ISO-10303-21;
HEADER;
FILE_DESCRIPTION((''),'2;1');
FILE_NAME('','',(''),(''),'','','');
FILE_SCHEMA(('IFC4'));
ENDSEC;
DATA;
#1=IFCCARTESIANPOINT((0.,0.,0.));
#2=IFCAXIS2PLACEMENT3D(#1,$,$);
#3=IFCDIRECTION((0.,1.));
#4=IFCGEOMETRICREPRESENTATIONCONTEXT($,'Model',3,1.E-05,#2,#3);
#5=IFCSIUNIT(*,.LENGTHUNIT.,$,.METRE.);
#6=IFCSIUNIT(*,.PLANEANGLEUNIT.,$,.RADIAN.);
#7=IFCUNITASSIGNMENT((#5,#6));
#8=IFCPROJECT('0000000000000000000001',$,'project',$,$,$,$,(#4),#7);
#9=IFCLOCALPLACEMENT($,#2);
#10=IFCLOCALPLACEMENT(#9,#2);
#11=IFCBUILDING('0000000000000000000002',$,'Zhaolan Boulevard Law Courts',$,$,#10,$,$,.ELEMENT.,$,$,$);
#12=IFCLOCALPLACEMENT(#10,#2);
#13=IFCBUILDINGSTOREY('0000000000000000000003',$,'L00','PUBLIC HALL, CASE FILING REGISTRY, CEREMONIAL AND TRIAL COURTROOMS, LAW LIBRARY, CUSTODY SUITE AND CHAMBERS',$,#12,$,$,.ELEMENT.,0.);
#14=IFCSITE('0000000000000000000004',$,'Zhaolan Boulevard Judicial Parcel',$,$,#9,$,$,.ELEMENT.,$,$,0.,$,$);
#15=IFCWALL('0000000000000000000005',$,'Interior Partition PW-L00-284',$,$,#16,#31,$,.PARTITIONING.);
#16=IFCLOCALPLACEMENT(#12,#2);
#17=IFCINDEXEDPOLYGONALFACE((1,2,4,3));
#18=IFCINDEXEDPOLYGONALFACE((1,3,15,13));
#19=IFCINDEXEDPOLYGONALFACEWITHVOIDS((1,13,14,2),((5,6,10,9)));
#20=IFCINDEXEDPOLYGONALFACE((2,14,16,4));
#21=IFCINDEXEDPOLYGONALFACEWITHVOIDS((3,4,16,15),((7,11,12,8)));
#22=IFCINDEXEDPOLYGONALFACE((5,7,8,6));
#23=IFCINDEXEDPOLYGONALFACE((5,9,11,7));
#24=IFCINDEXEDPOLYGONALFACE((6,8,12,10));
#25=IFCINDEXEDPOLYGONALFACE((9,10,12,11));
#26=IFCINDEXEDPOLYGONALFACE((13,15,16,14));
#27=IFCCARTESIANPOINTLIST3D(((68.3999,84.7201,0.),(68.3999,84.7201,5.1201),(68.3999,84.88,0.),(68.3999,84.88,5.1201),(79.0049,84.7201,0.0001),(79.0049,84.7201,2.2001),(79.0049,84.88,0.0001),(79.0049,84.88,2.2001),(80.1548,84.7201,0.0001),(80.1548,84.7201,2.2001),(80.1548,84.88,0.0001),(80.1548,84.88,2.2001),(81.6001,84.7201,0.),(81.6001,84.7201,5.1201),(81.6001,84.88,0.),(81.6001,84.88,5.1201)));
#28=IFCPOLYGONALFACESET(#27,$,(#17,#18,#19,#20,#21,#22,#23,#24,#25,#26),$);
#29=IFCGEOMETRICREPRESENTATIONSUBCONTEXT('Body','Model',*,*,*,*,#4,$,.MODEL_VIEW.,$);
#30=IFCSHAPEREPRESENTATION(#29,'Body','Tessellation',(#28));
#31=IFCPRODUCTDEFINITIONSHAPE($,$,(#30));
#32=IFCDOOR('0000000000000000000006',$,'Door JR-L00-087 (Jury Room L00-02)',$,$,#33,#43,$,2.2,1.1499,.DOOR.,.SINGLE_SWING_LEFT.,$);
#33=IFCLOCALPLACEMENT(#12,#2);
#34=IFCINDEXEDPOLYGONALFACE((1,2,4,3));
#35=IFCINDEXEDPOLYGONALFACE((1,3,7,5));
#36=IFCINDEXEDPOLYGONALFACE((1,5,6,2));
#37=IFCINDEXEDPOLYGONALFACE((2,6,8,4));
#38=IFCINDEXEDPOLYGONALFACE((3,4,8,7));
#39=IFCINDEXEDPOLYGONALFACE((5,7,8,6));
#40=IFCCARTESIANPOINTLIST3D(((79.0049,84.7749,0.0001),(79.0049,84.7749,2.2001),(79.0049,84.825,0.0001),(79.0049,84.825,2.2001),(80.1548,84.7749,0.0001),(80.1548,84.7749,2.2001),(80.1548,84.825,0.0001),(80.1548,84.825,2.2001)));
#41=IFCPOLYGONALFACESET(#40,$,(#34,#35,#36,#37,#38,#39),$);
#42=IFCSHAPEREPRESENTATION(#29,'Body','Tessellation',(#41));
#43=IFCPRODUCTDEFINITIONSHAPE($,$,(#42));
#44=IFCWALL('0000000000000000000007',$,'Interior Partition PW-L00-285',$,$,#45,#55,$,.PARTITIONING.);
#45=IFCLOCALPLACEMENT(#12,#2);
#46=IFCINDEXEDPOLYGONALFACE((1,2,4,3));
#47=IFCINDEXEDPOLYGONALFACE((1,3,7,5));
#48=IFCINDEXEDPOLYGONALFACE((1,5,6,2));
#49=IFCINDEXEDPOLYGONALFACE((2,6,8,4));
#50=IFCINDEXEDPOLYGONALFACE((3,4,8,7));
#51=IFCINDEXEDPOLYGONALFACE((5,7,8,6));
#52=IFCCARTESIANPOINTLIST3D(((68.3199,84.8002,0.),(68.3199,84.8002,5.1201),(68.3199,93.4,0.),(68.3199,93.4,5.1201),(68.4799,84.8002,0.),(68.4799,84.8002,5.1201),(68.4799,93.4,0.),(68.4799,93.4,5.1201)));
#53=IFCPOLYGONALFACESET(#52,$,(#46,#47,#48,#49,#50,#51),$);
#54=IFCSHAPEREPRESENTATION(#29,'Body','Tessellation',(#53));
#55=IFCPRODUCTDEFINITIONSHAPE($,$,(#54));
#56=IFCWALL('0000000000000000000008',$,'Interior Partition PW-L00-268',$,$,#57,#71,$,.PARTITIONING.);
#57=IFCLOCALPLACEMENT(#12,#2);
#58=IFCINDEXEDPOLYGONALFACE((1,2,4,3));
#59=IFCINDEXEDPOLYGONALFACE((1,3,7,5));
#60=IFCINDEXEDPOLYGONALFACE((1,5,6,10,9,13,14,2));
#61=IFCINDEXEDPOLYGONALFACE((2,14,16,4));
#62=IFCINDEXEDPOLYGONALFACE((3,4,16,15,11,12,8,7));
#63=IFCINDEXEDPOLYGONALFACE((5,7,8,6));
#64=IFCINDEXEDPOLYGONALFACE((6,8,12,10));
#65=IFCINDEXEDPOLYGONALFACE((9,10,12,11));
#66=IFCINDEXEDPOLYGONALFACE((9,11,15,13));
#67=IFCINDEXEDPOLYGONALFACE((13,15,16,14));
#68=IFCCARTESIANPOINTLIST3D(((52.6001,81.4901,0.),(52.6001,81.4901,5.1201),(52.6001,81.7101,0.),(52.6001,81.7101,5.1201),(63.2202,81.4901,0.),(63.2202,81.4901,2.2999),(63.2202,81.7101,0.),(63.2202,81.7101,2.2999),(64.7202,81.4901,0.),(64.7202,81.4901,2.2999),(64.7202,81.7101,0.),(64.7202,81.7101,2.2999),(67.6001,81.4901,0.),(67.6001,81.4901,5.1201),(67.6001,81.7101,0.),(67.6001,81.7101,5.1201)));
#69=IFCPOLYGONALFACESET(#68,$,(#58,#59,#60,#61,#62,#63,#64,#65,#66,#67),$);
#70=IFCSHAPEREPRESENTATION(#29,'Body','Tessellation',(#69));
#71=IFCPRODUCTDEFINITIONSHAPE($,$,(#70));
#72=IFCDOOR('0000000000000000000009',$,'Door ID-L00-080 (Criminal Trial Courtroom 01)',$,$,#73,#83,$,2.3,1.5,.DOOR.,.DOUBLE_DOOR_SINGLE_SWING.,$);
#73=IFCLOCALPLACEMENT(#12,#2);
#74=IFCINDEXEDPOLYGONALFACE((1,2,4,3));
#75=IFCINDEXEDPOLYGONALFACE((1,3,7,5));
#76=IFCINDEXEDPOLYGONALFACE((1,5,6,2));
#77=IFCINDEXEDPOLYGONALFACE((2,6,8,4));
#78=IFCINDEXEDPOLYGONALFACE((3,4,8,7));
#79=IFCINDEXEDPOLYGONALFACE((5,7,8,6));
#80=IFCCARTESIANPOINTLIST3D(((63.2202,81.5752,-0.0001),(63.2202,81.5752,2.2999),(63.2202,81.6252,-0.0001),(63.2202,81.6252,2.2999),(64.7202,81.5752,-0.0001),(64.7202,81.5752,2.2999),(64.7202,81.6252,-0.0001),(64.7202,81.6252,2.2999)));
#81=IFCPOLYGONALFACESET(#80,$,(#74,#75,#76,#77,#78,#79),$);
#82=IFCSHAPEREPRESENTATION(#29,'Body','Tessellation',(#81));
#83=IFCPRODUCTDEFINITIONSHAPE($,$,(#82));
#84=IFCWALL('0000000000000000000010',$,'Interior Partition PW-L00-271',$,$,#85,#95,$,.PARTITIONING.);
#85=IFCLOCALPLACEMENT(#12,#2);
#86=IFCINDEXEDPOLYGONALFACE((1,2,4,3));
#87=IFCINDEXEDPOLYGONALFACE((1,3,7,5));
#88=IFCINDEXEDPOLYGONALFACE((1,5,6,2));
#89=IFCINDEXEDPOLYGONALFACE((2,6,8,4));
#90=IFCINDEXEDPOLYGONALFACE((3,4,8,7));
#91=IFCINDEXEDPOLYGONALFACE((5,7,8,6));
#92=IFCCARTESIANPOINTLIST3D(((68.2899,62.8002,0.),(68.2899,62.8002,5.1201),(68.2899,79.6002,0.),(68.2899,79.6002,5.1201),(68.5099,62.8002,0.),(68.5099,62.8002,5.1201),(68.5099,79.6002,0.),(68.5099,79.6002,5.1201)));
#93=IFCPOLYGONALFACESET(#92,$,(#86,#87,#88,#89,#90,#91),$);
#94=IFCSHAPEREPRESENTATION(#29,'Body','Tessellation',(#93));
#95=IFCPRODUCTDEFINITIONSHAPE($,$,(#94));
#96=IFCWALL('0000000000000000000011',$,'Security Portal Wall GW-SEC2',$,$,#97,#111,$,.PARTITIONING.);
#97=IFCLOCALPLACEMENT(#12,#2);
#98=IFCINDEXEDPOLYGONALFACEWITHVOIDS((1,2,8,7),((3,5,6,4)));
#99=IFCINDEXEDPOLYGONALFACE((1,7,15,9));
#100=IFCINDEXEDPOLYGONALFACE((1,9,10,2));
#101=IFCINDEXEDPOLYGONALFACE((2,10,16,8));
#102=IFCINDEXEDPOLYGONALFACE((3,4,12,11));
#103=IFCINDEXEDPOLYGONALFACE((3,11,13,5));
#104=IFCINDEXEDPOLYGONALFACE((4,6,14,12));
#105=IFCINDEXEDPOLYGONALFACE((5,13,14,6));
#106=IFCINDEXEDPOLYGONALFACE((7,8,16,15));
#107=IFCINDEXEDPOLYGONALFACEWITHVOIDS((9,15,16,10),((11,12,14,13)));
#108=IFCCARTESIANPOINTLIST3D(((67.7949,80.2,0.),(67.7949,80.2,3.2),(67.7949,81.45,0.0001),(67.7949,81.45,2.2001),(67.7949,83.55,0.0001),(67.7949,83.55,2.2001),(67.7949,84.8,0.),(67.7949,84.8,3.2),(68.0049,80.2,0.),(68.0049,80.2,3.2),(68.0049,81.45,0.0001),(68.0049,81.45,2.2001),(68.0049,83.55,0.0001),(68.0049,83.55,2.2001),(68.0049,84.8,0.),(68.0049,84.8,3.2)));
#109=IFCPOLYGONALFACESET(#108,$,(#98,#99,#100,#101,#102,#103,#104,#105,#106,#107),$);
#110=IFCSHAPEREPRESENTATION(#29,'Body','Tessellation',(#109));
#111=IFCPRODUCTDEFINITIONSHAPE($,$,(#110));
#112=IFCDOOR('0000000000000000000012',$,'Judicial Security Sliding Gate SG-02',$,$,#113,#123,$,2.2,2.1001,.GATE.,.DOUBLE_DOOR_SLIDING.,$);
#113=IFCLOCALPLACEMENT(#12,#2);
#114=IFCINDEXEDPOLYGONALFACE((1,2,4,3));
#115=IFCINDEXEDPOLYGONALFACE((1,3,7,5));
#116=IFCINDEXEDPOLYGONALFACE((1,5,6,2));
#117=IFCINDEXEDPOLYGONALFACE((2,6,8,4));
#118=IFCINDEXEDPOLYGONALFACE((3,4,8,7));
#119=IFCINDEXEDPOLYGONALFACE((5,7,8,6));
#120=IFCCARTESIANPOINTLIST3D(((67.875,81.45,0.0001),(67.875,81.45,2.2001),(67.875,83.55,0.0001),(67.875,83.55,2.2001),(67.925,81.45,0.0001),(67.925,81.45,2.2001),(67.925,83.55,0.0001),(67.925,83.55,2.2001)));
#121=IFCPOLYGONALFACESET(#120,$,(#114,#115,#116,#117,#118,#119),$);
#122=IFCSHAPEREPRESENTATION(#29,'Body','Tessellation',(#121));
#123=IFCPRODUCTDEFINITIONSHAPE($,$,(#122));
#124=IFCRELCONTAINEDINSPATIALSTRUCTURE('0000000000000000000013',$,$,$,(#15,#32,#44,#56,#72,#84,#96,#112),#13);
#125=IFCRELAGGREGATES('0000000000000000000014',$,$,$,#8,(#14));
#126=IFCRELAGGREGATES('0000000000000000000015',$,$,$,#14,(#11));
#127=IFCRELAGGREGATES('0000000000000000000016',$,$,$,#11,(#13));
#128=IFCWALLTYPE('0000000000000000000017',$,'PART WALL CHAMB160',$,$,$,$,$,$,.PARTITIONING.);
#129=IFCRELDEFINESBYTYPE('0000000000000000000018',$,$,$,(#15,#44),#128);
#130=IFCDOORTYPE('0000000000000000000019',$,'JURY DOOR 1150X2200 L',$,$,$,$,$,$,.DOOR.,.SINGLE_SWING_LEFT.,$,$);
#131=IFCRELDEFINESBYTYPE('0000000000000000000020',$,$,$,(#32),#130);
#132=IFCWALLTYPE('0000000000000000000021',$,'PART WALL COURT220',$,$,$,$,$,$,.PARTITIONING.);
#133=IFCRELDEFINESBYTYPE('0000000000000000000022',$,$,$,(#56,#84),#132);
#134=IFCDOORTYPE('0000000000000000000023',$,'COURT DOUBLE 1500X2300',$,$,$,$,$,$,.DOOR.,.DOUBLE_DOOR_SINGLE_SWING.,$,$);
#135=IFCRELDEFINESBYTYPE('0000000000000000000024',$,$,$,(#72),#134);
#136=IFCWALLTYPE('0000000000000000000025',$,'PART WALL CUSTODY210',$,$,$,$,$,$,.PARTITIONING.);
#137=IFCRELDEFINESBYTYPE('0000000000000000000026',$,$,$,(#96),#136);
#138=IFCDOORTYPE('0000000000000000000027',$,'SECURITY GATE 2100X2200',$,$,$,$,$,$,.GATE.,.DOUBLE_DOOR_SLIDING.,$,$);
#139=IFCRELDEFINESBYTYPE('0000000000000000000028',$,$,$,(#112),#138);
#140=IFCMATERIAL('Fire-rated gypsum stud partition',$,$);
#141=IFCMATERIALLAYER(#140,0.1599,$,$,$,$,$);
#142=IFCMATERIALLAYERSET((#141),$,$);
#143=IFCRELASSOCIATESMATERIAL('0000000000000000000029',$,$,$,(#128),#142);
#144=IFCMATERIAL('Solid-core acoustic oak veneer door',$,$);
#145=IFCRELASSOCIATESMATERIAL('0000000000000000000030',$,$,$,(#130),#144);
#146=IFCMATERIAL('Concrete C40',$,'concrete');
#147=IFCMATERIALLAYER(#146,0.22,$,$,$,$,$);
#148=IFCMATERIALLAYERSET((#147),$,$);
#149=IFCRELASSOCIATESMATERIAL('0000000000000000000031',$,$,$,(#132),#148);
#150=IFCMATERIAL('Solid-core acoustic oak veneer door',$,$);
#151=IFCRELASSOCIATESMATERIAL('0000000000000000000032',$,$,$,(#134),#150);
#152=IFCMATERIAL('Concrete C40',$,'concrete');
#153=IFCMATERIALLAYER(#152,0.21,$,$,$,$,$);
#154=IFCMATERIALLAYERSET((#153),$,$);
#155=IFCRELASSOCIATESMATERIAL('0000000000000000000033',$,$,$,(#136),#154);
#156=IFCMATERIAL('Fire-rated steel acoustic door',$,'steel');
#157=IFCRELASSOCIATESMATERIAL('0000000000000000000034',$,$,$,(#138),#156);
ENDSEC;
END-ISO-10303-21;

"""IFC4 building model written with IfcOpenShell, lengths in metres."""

from ifc_helpers import new_model, si_unit, direction, frame, frame_2d, origin, place, context, subcontext, project, spatial, rectangle, extrude, material, layer, layer_set, type_object, element, fill, save


model = new_model("IFC4")

# Units and contexts
model_context = context("Model", 3, precision=1e-05, world=origin(), true_north=direction((0.0, 1.0)))
body_context = subcontext(model_context, "Body", "Model", "MODEL_VIEW")
ifc_project = project(units=[si_unit("LENGTHUNIT", "METRE"), si_unit("PLANEANGLEUNIT", "RADIAN")], contexts=[model_context])

# Site, building, storey
site_placement = place(None, origin())
site = spatial("IfcSite", under=ifc_project, at=site_placement, Name="Zhaolan Boulevard Judicial Parcel", CompositionType="ELEMENT", RefElevation=0.0)
building_placement = place(site_placement, origin())
building = spatial("IfcBuilding", under=site, at=building_placement, Name="Zhaolan Boulevard Law Courts", CompositionType="ELEMENT")
storey_placement = place(building_placement, origin())
storey = spatial("IfcBuildingStorey", under=building, at=storey_placement, Name="L00", Description="PUBLIC HALL, CASE FILING REGISTRY, CEREMONIAL AND TRIAL COURTROOMS, LAW LIBRARY, CUSTODY SUITE AND CHAMBERS", CompositionType="ELEMENT", Elevation=0.0)

# Shared definitions
ifc_material_1 = material(Name="Fire-rated gypsum stud partition")
ifc_layer_1 = layer(ifc_material_1, 0.1599)
ifc_layer_set_1 = layer_set([ifc_layer_1])
wall_type_1 = type_object("IfcWallType", Name="PART WALL CHAMB160", PredefinedType="PARTITIONING", material=ifc_layer_set_1)

# Wall, opening, door
wall_1_placement = place(storey_placement, frame((68.3999, 84.8, 0.0), z_axis=(0.0, 0.0, 1.0), x_axis=(1.0, 0.0, 0.0)))
wall_1 = element("IfcWall", 1, at=wall_1_placement, inside=storey, type_object=wall_type_1, Name="Interior Partition PW-L00-284", PredefinedType="PARTITIONING", context=body_context, shape_type="SweptSolid", body=[
    extrude(rectangle(XDim=13.2002, YDim=0.1599, at=frame_2d((6.6001, 0.0))), origin(), (0.0, 0.0, 1.0), 5.1201),
])
opening_1_placement = place(wall_1_placement, frame((10.605, 0.0, 0.0)))
opening_1 = element("IfcOpeningElement", 2, at=opening_1_placement, cuts=wall_1, PredefinedType="OPENING", context=body_context, shape_type="SweptSolid", body=[
    extrude(rectangle(XDim=1.1499, YDim=2.2, at=frame_2d((0.575, 1.1001))), frame((0.0, 0.0898, 0.0), z_axis=(0.0, -1.0, 0.0), x_axis=(1.0, 0.0, 0.0)), (0.0, 0.0, 1.0), 0.1799),
])
ifc_material_2 = material(Name="Solid-core acoustic oak veneer door")
door_type_1 = type_object("IfcDoorType", Name="JURY DOOR 1150X2200 L", OperationType="SINGLE_SWING_LEFT", PredefinedType="DOOR", material=ifc_material_2)
door_1_placement = place(opening_1_placement, origin())
door_1 = element("IfcDoor", 3, at=door_1_placement, inside=storey, type_object=door_type_1, Name="Door JR-L00-087 (Jury Room L00-02)", OperationType="SINGLE_SWING_LEFT", OverallHeight=2.2, OverallWidth=1.1499, PredefinedType="DOOR", context=body_context, shape_type="SweptSolid", body=[
    extrude(rectangle(XDim=1.1499, YDim=2.2, at=frame_2d((0.575, 1.1001))), frame((0.0, 0.0249, 0.0), z_axis=(0.0, -1.0, 0.0), x_axis=(1.0, 0.0, 0.0)), (0.0, 0.0, 1.0), 0.05),
])
fill(opening_1, door_1)

# Wall
wall_2_placement = place(storey_placement, frame((68.3999, 93.3999, 0.0), z_axis=(0.0, 0.0, 1.0), x_axis=(0.0, -1.0, 0.0)))
element("IfcWall", 4, at=wall_2_placement, inside=storey, type_object=wall_type_1, Name="Interior Partition PW-L00-285", PredefinedType="PARTITIONING", context=body_context, shape_type="SweptSolid", body=[
    extrude(rectangle(XDim=8.5999, YDim=0.1599, at=frame_2d((4.2998, 0.0))), origin(), (0.0, 0.0, 1.0), 5.1201),
])

# Wall, opening, door
ifc_material_3 = material(Name="Concrete C40", Category="concrete")
ifc_layer_2 = layer(ifc_material_3, 0.22)
ifc_layer_set_2 = layer_set([ifc_layer_2])
wall_type_2 = type_object("IfcWallType", Name="PART WALL COURT220", PredefinedType="PARTITIONING", material=ifc_layer_set_2)
wall_3_placement = place(storey_placement, frame((67.6001, 81.6001, 0.0), z_axis=(0.0, 0.0, 1.0), x_axis=(-1.0, 0.0, 0.0)))
wall_3 = element("IfcWall", 5, at=wall_3_placement, inside=storey, type_object=wall_type_2, Name="Interior Partition PW-L00-268", PredefinedType="PARTITIONING", context=body_context, shape_type="SweptSolid", body=[
    extrude(rectangle(XDim=15.0, YDim=0.22, at=frame_2d((7.5, 0.0))), origin(), (0.0, 0.0, 1.0), 5.1201),
])
opening_2_placement = place(wall_3_placement, frame((2.8799, 0.0, 0.0)))
opening_2 = element("IfcOpeningElement", 6, at=opening_2_placement, cuts=wall_3, PredefinedType="OPENING", context=body_context, shape_type="SweptSolid", body=[
    extrude(rectangle(XDim=1.5, YDim=2.3, at=frame_2d((0.75, 1.1499))), frame((0.0, 0.1199, 0.0), z_axis=(0.0, -1.0, 0.0), x_axis=(1.0, 0.0, 0.0)), (0.0, 0.0, 1.0), 0.24),
])
ifc_material_4 = material(Name="Solid-core acoustic oak veneer door")
door_type_2 = type_object("IfcDoorType", Name="COURT DOUBLE 1500X2300", OperationType="DOUBLE_DOOR_SINGLE_SWING", PredefinedType="DOOR", material=ifc_material_4)
door_2_placement = place(opening_2_placement, origin())
door_2 = element("IfcDoor", 7, at=door_2_placement, inside=storey, type_object=door_type_2, Name="Door ID-L00-080 (Criminal Trial Courtroom 01)", OperationType="DOUBLE_DOOR_SINGLE_SWING", OverallHeight=2.3, OverallWidth=1.5, PredefinedType="DOOR", context=body_context, shape_type="SweptSolid", body=[
    extrude(rectangle(XDim=1.5, YDim=2.3, at=frame_2d((0.75, 1.1499))), frame((0.0, 0.0249, 0.0), z_axis=(0.0, -1.0, 0.0), x_axis=(1.0, 0.0, 0.0)), (0.0, 0.0, 1.0), 0.05),
])
fill(opening_2, door_2)

# Wall
wall_4_placement = place(storey_placement, frame((68.3999, 79.6001, 0.0), z_axis=(0.0, 0.0, 1.0), x_axis=(0.0, -1.0, 0.0)))
element("IfcWall", 8, at=wall_4_placement, inside=storey, type_object=wall_type_2, Name="Interior Partition PW-L00-271", PredefinedType="PARTITIONING", context=body_context, shape_type="SweptSolid", body=[
    extrude(rectangle(XDim=16.8, YDim=0.22, at=frame_2d((8.3999, 0.0))), origin(), (0.0, 0.0, 1.0), 5.1201),
])

# Wall, opening, door
ifc_material_5 = material(Name="Concrete C40", Category="concrete")
ifc_layer_3 = layer(ifc_material_5, 0.21)
ifc_layer_set_3 = layer_set([ifc_layer_3])
wall_type_3 = type_object("IfcWallType", Name="PART WALL CUSTODY210", PredefinedType="PARTITIONING", material=ifc_layer_set_3)
wall_5_placement = place(storey_placement, frame((67.8999, 80.2, 0.0), z_axis=(0.0, 0.0, 1.0), x_axis=(0.0, 1.0, 0.0)))
wall_5 = element("IfcWall", 9, at=wall_5_placement, inside=storey, type_object=wall_type_3, Name="Security Portal Wall GW-SEC2", PredefinedType="PARTITIONING", context=body_context, shape_type="SweptSolid", body=[
    extrude(rectangle(XDim=4.6001, YDim=0.21, at=frame_2d((2.3, 0.0))), origin(), (0.0, 0.0, 1.0), 3.2),
])
opening_3_placement = place(wall_5_placement, frame((1.25, 0.0, 0.0)))
opening_3 = element("IfcOpeningElement", 10, at=opening_3_placement, cuts=wall_5, PredefinedType="OPENING", context=body_context, shape_type="SweptSolid", body=[
    extrude(rectangle(XDim=2.1001, YDim=2.2, at=frame_2d((1.05, 1.1001))), frame((0.0, 0.115, 0.0), z_axis=(0.0, -1.0, 0.0), x_axis=(1.0, 0.0, 0.0)), (0.0, 0.0, 1.0), 0.23),
])
ifc_material_6 = material(Name="Fire-rated steel acoustic door", Category="steel")
door_type_3 = type_object("IfcDoorType", Name="SECURITY GATE 2100X2200", OperationType="DOUBLE_DOOR_SLIDING", PredefinedType="GATE", material=ifc_material_6)
door_3_placement = place(opening_3_placement, origin())
door_3 = element("IfcDoor", 11, at=door_3_placement, inside=storey, type_object=door_type_3, Name="Judicial Security Sliding Gate SG-02", OperationType="DOUBLE_DOOR_SLIDING", OverallHeight=2.2, OverallWidth=2.1001, PredefinedType="GATE", context=body_context, shape_type="SweptSolid", body=[
    extrude(rectangle(XDim=2.1001, YDim=2.2, at=frame_2d((1.05, 1.1001))), frame((0.0, 0.0249, 0.0), z_axis=(0.0, -1.0, 0.0), x_axis=(1.0, 0.0, 0.0)), (0.0, 0.0, 1.0), 0.05),
])
fill(opening_3, door_3)

save(model, "model.ifc")
